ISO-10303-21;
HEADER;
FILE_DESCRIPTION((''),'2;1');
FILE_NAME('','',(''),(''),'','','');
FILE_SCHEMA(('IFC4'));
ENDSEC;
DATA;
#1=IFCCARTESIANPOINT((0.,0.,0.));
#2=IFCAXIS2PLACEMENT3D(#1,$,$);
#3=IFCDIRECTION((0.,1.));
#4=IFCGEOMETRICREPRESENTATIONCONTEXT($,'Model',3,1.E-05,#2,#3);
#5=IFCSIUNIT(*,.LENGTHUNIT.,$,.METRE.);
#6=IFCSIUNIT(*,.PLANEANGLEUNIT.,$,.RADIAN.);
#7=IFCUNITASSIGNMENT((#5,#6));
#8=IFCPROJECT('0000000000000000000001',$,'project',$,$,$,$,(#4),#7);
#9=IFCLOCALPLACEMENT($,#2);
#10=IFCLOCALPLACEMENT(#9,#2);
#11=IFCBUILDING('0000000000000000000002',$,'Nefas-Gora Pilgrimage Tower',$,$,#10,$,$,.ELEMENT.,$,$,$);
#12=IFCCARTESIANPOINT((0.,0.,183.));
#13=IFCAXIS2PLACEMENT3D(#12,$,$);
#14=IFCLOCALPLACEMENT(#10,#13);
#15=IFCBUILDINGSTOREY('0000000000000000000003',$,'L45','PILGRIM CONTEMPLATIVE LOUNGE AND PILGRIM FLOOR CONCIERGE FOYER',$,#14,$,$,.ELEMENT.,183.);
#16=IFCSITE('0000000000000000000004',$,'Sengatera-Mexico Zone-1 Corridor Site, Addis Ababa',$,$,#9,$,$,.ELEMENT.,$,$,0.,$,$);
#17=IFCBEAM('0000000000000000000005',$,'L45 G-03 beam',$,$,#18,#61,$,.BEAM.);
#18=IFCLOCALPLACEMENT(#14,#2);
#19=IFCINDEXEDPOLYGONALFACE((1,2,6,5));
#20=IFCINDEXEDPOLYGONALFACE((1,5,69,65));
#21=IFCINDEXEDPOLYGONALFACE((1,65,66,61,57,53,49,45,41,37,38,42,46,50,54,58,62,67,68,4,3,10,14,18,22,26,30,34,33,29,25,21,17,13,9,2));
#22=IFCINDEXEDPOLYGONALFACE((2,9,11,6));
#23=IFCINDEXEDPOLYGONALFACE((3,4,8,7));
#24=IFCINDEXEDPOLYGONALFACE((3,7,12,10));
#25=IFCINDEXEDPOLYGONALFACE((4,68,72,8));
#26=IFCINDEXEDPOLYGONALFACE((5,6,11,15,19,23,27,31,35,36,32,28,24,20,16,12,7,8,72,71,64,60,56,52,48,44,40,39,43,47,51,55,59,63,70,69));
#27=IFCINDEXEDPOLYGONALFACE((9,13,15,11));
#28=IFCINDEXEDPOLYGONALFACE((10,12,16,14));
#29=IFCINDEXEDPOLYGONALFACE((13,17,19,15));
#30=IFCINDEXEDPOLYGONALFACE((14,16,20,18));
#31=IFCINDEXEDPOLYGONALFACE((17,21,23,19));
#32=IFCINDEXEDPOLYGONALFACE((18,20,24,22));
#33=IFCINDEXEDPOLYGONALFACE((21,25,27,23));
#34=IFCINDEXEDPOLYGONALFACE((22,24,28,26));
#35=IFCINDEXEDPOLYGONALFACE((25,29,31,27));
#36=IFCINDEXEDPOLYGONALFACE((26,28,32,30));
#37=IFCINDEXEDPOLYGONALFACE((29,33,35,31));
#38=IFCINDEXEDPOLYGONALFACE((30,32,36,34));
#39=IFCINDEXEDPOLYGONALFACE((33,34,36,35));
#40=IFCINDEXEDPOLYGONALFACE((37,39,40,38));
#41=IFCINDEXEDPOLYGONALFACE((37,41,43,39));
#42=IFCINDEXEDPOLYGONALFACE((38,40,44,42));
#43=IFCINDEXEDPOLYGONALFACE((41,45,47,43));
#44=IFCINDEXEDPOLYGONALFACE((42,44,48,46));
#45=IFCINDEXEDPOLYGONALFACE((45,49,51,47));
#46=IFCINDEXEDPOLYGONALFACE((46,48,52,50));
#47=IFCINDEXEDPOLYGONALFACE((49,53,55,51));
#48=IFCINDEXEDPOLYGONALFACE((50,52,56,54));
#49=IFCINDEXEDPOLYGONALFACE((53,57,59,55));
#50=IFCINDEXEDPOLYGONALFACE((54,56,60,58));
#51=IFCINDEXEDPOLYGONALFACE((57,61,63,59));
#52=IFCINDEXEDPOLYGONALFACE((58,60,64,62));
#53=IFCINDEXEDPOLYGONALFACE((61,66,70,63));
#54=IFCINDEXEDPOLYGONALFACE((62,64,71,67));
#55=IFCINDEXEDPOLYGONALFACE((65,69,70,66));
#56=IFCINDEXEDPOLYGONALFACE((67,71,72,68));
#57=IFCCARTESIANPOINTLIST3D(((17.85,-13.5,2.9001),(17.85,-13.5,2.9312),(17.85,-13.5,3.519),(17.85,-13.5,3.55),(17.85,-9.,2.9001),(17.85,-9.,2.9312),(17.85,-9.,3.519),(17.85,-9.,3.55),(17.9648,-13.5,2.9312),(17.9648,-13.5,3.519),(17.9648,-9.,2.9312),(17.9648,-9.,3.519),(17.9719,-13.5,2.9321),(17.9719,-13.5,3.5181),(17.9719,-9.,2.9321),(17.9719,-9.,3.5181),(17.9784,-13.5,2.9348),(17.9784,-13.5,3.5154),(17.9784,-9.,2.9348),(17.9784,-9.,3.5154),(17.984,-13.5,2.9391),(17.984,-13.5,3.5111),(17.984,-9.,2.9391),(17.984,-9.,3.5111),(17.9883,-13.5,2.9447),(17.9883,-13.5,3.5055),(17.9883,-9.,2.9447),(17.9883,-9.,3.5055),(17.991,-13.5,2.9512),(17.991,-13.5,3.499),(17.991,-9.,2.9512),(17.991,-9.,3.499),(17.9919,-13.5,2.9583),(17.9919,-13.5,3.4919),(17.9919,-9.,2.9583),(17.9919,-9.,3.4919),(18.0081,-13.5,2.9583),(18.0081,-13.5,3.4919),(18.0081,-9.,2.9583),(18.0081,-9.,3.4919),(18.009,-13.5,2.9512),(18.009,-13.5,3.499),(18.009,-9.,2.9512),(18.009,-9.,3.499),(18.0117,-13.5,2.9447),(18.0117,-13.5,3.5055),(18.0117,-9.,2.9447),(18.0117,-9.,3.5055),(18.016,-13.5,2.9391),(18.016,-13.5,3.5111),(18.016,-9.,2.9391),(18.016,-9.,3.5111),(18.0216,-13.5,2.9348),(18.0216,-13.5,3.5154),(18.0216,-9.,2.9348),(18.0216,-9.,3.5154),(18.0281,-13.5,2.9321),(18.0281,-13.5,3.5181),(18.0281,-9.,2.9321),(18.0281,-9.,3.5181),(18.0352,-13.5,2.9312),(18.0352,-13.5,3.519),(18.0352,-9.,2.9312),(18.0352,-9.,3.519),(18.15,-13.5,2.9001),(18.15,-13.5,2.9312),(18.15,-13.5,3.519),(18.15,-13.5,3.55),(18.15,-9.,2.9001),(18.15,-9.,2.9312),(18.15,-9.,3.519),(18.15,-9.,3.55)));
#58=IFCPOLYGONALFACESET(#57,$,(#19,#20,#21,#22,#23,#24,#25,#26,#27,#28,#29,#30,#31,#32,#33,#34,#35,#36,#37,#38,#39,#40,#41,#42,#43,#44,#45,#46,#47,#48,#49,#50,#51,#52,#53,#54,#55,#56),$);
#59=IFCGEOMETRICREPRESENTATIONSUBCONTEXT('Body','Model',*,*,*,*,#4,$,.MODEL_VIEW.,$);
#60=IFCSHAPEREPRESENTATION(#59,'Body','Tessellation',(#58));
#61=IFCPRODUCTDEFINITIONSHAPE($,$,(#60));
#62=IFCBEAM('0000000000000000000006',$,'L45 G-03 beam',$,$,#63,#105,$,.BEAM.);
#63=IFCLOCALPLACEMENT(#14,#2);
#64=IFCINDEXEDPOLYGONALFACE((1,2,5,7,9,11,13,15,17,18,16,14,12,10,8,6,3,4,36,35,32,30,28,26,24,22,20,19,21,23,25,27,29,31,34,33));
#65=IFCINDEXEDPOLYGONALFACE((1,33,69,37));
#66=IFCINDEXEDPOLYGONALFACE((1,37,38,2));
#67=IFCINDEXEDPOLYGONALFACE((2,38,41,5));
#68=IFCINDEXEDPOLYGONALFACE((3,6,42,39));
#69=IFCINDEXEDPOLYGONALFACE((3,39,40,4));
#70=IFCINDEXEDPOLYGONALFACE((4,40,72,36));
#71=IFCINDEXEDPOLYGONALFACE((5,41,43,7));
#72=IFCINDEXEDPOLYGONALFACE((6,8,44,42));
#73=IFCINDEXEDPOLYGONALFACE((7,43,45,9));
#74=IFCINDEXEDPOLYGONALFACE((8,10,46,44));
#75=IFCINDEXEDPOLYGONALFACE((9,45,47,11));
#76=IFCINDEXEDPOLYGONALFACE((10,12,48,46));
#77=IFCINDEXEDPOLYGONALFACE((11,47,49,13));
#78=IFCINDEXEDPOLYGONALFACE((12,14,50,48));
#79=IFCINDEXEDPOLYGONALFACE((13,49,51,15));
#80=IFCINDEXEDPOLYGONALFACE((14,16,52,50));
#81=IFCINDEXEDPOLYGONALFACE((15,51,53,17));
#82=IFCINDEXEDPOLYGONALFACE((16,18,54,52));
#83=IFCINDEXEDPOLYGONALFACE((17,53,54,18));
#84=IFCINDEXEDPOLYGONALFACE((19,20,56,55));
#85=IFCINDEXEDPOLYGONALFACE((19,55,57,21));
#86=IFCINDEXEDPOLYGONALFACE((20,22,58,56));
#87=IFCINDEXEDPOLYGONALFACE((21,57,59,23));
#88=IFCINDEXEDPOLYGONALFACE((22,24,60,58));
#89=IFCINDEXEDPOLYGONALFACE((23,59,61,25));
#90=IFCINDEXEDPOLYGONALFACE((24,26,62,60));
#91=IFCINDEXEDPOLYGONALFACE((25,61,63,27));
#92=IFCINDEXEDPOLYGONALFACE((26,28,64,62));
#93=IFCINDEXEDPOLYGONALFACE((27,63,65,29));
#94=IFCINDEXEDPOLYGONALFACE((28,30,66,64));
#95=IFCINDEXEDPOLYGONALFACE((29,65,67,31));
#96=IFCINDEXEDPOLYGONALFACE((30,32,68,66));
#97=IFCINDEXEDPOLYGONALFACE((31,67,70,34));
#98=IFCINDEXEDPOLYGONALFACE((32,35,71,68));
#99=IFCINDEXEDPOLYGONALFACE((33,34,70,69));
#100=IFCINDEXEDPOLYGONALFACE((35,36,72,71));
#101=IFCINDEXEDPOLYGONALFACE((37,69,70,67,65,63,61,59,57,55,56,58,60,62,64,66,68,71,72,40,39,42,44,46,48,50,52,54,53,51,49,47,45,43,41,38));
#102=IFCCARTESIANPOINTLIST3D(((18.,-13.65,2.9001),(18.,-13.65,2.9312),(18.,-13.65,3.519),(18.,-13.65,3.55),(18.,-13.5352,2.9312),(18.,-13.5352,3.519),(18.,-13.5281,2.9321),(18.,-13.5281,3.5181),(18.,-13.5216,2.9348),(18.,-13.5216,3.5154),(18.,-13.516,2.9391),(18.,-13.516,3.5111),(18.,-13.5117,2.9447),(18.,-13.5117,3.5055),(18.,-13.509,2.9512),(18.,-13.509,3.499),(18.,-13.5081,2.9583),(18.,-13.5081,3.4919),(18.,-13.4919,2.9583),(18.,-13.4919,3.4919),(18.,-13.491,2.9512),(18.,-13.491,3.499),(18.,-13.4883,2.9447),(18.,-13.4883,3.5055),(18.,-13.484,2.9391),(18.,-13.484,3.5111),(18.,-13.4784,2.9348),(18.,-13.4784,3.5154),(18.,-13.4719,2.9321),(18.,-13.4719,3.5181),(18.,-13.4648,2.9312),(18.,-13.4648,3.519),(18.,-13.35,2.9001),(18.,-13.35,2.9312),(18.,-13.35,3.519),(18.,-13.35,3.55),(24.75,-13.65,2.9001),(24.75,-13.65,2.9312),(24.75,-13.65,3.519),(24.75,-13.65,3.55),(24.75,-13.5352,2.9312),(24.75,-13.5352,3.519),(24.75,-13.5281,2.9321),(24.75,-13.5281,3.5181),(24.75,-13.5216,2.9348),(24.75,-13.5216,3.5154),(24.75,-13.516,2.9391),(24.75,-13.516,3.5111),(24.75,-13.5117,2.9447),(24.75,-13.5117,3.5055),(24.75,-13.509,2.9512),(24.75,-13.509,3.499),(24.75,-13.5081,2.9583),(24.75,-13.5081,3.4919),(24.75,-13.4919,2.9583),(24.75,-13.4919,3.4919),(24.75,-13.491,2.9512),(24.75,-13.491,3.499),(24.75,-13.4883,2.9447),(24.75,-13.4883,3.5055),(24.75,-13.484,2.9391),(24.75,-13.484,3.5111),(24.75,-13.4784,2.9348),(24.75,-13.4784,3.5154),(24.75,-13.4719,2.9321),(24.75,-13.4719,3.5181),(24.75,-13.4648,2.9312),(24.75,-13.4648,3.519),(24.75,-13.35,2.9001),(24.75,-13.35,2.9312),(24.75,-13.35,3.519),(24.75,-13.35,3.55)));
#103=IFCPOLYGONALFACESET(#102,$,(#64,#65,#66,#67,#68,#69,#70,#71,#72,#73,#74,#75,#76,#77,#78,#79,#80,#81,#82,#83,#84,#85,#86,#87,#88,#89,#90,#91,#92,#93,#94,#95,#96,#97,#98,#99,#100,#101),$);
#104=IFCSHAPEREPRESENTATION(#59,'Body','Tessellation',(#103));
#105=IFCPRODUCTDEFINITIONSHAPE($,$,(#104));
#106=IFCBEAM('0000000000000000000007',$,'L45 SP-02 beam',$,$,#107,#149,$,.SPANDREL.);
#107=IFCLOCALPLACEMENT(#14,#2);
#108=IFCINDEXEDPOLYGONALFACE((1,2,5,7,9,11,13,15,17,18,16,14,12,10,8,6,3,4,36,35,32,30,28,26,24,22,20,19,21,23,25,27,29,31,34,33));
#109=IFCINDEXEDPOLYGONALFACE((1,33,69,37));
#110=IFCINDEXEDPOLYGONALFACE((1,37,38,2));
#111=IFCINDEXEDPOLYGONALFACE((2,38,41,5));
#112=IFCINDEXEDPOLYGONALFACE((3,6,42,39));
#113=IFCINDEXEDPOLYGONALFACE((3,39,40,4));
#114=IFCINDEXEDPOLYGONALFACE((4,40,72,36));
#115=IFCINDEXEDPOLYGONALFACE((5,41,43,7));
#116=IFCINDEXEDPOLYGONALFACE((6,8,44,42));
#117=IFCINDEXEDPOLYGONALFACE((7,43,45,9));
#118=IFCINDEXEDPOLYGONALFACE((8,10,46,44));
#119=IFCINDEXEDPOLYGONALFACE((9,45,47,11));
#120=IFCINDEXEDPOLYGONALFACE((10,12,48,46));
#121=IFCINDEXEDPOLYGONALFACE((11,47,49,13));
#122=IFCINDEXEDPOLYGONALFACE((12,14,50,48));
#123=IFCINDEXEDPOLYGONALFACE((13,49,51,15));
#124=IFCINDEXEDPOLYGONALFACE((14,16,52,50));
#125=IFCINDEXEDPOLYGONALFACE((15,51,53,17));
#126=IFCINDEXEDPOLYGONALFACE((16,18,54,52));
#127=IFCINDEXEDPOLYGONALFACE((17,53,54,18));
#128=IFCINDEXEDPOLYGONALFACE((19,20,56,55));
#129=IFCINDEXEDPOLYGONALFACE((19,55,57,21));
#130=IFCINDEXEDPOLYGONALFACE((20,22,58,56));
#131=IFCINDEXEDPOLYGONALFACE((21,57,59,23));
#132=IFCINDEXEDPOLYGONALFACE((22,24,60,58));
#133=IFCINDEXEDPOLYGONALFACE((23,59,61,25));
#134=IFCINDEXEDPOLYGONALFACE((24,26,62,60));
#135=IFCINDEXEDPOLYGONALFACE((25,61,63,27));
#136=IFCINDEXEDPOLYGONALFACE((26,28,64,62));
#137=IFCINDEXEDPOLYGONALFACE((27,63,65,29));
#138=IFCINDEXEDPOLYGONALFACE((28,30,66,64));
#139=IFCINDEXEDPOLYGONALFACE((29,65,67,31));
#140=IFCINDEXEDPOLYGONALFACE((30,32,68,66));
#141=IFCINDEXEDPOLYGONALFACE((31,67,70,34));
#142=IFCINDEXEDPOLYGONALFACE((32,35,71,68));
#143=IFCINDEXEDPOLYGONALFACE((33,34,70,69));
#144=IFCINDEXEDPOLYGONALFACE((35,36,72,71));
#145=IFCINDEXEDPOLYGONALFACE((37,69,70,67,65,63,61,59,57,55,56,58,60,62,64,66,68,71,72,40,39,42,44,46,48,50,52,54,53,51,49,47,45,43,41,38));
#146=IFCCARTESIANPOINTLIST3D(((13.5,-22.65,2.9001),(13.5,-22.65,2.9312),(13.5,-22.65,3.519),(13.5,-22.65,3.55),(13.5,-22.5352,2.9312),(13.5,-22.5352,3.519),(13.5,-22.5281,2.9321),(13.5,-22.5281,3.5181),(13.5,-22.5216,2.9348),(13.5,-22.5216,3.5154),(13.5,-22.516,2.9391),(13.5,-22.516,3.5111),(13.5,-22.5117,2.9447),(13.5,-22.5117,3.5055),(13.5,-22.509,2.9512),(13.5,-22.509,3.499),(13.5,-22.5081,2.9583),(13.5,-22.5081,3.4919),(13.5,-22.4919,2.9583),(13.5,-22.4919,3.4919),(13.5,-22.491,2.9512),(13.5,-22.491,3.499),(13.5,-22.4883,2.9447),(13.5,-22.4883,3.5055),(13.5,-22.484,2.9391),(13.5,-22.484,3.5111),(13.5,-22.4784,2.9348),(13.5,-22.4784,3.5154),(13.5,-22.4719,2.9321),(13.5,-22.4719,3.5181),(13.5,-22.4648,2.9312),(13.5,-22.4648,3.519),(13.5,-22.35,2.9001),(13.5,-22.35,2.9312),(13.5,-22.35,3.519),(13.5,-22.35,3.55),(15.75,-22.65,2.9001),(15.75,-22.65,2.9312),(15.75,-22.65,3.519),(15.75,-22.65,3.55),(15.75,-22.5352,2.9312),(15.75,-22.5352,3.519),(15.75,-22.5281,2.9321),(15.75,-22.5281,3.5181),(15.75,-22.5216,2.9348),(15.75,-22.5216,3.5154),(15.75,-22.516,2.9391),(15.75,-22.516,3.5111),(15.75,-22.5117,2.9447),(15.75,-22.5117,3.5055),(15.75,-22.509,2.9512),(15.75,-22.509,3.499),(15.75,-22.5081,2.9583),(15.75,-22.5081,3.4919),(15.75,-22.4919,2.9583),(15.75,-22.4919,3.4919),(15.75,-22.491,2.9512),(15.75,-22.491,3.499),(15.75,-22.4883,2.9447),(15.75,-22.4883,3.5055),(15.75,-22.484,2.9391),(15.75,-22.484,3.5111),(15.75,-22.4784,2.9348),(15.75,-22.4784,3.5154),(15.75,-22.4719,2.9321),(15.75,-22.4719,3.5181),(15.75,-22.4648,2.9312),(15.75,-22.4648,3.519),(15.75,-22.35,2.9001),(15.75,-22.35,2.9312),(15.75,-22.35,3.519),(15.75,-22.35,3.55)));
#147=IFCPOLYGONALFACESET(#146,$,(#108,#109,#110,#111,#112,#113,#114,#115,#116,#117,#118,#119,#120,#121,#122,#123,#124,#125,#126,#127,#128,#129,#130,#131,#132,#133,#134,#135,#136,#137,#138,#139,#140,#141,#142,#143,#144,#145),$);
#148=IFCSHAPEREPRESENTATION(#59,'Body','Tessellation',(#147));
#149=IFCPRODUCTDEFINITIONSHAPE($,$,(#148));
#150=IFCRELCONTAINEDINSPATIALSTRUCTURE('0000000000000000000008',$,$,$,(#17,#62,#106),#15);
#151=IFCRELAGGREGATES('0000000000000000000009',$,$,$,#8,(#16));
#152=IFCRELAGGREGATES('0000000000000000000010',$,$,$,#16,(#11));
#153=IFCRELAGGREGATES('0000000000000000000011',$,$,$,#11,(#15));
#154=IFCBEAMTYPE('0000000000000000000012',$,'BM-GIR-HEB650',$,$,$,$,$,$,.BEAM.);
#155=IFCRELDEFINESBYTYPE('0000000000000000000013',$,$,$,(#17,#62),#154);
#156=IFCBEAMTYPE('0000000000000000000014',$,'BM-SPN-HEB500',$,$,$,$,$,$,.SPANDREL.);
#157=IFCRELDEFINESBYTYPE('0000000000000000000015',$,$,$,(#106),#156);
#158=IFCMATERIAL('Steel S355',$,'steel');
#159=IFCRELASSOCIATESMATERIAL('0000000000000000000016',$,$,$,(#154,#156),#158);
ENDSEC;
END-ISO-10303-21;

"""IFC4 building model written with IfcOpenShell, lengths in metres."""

from ifc_helpers import new_model, si_unit, direction, frame, origin, origin_2d, place, context, subcontext, project, spatial, i_section, extrude, source, transform, mapped, material, material_profile, profile_set, type_object, element, save


model = new_model("IFC4")

# Units and contexts
model_context = context("Model", 3, precision=1e-05, world=origin(), true_north=direction((0.0, 1.0)))
body_context = subcontext(model_context, "Body", "Model", "MODEL_VIEW")
ifc_project = project(units=[si_unit("LENGTHUNIT", "METRE"), si_unit("PLANEANGLEUNIT", "RADIAN")], contexts=[model_context])

# Site, building, storey
site_placement = place(None, origin())
site = spatial("IfcSite", under=ifc_project, at=site_placement, Name="Sengatera-Mexico Zone-1 Corridor Site, Addis Ababa", CompositionType="ELEMENT", RefElevation=0.0)
building_placement = place(site_placement, origin())
building = spatial("IfcBuilding", under=site, at=building_placement, Name="Nefas-Gora Pilgrimage Tower", CompositionType="ELEMENT")
storey_placement = place(building_placement, frame((0.0, 0.0, 183.0)))
storey = spatial("IfcBuildingStorey", under=building, at=storey_placement, Name="L45", Description="PILGRIM CONTEMPLATIVE LOUNGE AND PILGRIM FLOOR CONCIERGE FOYER", CompositionType="ELEMENT", Elevation=183.0)

# Beams
ifc_material_1 = material(Name="Steel S355", Category="steel")
ifc_material_profile_1 = material_profile(ifc_material_1, i_section(OverallWidth=0.3, OverallDepth=0.6499, WebThickness=0.0161, FlangeThickness=0.031, FilletRadius=0.0271, at=origin_2d()), Name="HEB 650")
ifc_profile_set_1 = profile_set([ifc_material_profile_1], Name="Steel S355")
beam_type_1 = type_object("IfcBeamType", Name="BM-GIR-HEB650", PredefinedType="BEAM", material=ifc_profile_set_1)
shared_shape_1 = source(origin(), body_context, "Body", "SweptSolid", [
    extrude(i_section(OverallWidth=0.3, OverallDepth=0.6499, WebThickness=0.0161, FlangeThickness=0.031, FilletRadius=0.0271, at=origin_2d()), origin(), (0.0, 0.0, 1.0), 4.5),
])
for number, where, z_axis, x_axis, name in (
    (1, (18.0, -13.5, 3.2251), (0.0, 1.0, 0.0), (-1.0, 0.0, 0.0), "L45 G-03 beam"),
):
    element("IfcBeam", number, at=place(storey_placement, frame(where, z_axis=z_axis, x_axis=x_axis)), inside=storey, type_object=beam_type_1, Name=name, PredefinedType="BEAM", context=body_context, shape_type="MappedRepresentation", body=[
        mapped(shared_shape_1, transform((0.0, 0.0, 0.0), x_axis=(1.0, 0.0, 0.0), y_axis=(0.0, 1.0, 0.0), z_axis=(0.0, 0.0, 1.0), scale=1.0)),
    ])
shared_shape_2 = source(origin(), body_context, "Body", "SweptSolid", [
    extrude(i_section(OverallWidth=0.3, OverallDepth=0.6499, WebThickness=0.0161, FlangeThickness=0.031, FilletRadius=0.0271, at=origin_2d()), origin(), (0.0, 0.0, 1.0), 6.75),
])
beam_1_placement = place(storey_placement, frame((18.0, -13.5, 3.2251), z_axis=(1.0, 0.0, 0.0), x_axis=(0.0, 1.0, 0.0)))
element("IfcBeam", 2, at=beam_1_placement, inside=storey, type_object=beam_type_1, Name="L45 G-03 beam", PredefinedType="BEAM", context=body_context, shape_type="MappedRepresentation", body=[
    mapped(shared_shape_2, transform((0.0, 0.0, 0.0), x_axis=(1.0, 0.0, 0.0), y_axis=(0.0, 1.0, 0.0), z_axis=(0.0, 0.0, 1.0), scale=1.0)),
])
ifc_material_profile_2 = material_profile(ifc_material_1, i_section(OverallWidth=0.3, OverallDepth=0.6499, WebThickness=0.0161, FlangeThickness=0.031, FilletRadius=0.0271, at=origin_2d()), Name="HEB 650")
ifc_profile_set_2 = profile_set([ifc_material_profile_2], Name="Steel S355")
beam_type_2 = type_object("IfcBeamType", Name="BM-SPN-HEB500", PredefinedType="SPANDREL", material=ifc_profile_set_2)
shared_shape_3 = source(origin(), body_context, "Body", "SweptSolid", [
    extrude(i_section(OverallWidth=0.3, OverallDepth=0.6499, WebThickness=0.0161, FlangeThickness=0.031, FilletRadius=0.0271, at=origin_2d()), origin(), (0.0, 0.0, 1.0), 2.25),
])
beam_2_placement = place(storey_placement, frame((13.5, -22.5, 3.2251), z_axis=(1.0, 0.0, 0.0), x_axis=(0.0, 1.0, 0.0)))
element("IfcBeam", 3, at=beam_2_placement, inside=storey, type_object=beam_type_2, Name="L45 SP-02 beam", PredefinedType="SPANDREL", context=body_context, shape_type="MappedRepresentation", body=[
    mapped(shared_shape_3, transform((0.0, 0.0, 0.0), x_axis=(1.0, 0.0, 0.0), y_axis=(0.0, 1.0, 0.0), z_axis=(0.0, 0.0, 1.0), scale=1.0)),
])

save(model, "model.ifc")
